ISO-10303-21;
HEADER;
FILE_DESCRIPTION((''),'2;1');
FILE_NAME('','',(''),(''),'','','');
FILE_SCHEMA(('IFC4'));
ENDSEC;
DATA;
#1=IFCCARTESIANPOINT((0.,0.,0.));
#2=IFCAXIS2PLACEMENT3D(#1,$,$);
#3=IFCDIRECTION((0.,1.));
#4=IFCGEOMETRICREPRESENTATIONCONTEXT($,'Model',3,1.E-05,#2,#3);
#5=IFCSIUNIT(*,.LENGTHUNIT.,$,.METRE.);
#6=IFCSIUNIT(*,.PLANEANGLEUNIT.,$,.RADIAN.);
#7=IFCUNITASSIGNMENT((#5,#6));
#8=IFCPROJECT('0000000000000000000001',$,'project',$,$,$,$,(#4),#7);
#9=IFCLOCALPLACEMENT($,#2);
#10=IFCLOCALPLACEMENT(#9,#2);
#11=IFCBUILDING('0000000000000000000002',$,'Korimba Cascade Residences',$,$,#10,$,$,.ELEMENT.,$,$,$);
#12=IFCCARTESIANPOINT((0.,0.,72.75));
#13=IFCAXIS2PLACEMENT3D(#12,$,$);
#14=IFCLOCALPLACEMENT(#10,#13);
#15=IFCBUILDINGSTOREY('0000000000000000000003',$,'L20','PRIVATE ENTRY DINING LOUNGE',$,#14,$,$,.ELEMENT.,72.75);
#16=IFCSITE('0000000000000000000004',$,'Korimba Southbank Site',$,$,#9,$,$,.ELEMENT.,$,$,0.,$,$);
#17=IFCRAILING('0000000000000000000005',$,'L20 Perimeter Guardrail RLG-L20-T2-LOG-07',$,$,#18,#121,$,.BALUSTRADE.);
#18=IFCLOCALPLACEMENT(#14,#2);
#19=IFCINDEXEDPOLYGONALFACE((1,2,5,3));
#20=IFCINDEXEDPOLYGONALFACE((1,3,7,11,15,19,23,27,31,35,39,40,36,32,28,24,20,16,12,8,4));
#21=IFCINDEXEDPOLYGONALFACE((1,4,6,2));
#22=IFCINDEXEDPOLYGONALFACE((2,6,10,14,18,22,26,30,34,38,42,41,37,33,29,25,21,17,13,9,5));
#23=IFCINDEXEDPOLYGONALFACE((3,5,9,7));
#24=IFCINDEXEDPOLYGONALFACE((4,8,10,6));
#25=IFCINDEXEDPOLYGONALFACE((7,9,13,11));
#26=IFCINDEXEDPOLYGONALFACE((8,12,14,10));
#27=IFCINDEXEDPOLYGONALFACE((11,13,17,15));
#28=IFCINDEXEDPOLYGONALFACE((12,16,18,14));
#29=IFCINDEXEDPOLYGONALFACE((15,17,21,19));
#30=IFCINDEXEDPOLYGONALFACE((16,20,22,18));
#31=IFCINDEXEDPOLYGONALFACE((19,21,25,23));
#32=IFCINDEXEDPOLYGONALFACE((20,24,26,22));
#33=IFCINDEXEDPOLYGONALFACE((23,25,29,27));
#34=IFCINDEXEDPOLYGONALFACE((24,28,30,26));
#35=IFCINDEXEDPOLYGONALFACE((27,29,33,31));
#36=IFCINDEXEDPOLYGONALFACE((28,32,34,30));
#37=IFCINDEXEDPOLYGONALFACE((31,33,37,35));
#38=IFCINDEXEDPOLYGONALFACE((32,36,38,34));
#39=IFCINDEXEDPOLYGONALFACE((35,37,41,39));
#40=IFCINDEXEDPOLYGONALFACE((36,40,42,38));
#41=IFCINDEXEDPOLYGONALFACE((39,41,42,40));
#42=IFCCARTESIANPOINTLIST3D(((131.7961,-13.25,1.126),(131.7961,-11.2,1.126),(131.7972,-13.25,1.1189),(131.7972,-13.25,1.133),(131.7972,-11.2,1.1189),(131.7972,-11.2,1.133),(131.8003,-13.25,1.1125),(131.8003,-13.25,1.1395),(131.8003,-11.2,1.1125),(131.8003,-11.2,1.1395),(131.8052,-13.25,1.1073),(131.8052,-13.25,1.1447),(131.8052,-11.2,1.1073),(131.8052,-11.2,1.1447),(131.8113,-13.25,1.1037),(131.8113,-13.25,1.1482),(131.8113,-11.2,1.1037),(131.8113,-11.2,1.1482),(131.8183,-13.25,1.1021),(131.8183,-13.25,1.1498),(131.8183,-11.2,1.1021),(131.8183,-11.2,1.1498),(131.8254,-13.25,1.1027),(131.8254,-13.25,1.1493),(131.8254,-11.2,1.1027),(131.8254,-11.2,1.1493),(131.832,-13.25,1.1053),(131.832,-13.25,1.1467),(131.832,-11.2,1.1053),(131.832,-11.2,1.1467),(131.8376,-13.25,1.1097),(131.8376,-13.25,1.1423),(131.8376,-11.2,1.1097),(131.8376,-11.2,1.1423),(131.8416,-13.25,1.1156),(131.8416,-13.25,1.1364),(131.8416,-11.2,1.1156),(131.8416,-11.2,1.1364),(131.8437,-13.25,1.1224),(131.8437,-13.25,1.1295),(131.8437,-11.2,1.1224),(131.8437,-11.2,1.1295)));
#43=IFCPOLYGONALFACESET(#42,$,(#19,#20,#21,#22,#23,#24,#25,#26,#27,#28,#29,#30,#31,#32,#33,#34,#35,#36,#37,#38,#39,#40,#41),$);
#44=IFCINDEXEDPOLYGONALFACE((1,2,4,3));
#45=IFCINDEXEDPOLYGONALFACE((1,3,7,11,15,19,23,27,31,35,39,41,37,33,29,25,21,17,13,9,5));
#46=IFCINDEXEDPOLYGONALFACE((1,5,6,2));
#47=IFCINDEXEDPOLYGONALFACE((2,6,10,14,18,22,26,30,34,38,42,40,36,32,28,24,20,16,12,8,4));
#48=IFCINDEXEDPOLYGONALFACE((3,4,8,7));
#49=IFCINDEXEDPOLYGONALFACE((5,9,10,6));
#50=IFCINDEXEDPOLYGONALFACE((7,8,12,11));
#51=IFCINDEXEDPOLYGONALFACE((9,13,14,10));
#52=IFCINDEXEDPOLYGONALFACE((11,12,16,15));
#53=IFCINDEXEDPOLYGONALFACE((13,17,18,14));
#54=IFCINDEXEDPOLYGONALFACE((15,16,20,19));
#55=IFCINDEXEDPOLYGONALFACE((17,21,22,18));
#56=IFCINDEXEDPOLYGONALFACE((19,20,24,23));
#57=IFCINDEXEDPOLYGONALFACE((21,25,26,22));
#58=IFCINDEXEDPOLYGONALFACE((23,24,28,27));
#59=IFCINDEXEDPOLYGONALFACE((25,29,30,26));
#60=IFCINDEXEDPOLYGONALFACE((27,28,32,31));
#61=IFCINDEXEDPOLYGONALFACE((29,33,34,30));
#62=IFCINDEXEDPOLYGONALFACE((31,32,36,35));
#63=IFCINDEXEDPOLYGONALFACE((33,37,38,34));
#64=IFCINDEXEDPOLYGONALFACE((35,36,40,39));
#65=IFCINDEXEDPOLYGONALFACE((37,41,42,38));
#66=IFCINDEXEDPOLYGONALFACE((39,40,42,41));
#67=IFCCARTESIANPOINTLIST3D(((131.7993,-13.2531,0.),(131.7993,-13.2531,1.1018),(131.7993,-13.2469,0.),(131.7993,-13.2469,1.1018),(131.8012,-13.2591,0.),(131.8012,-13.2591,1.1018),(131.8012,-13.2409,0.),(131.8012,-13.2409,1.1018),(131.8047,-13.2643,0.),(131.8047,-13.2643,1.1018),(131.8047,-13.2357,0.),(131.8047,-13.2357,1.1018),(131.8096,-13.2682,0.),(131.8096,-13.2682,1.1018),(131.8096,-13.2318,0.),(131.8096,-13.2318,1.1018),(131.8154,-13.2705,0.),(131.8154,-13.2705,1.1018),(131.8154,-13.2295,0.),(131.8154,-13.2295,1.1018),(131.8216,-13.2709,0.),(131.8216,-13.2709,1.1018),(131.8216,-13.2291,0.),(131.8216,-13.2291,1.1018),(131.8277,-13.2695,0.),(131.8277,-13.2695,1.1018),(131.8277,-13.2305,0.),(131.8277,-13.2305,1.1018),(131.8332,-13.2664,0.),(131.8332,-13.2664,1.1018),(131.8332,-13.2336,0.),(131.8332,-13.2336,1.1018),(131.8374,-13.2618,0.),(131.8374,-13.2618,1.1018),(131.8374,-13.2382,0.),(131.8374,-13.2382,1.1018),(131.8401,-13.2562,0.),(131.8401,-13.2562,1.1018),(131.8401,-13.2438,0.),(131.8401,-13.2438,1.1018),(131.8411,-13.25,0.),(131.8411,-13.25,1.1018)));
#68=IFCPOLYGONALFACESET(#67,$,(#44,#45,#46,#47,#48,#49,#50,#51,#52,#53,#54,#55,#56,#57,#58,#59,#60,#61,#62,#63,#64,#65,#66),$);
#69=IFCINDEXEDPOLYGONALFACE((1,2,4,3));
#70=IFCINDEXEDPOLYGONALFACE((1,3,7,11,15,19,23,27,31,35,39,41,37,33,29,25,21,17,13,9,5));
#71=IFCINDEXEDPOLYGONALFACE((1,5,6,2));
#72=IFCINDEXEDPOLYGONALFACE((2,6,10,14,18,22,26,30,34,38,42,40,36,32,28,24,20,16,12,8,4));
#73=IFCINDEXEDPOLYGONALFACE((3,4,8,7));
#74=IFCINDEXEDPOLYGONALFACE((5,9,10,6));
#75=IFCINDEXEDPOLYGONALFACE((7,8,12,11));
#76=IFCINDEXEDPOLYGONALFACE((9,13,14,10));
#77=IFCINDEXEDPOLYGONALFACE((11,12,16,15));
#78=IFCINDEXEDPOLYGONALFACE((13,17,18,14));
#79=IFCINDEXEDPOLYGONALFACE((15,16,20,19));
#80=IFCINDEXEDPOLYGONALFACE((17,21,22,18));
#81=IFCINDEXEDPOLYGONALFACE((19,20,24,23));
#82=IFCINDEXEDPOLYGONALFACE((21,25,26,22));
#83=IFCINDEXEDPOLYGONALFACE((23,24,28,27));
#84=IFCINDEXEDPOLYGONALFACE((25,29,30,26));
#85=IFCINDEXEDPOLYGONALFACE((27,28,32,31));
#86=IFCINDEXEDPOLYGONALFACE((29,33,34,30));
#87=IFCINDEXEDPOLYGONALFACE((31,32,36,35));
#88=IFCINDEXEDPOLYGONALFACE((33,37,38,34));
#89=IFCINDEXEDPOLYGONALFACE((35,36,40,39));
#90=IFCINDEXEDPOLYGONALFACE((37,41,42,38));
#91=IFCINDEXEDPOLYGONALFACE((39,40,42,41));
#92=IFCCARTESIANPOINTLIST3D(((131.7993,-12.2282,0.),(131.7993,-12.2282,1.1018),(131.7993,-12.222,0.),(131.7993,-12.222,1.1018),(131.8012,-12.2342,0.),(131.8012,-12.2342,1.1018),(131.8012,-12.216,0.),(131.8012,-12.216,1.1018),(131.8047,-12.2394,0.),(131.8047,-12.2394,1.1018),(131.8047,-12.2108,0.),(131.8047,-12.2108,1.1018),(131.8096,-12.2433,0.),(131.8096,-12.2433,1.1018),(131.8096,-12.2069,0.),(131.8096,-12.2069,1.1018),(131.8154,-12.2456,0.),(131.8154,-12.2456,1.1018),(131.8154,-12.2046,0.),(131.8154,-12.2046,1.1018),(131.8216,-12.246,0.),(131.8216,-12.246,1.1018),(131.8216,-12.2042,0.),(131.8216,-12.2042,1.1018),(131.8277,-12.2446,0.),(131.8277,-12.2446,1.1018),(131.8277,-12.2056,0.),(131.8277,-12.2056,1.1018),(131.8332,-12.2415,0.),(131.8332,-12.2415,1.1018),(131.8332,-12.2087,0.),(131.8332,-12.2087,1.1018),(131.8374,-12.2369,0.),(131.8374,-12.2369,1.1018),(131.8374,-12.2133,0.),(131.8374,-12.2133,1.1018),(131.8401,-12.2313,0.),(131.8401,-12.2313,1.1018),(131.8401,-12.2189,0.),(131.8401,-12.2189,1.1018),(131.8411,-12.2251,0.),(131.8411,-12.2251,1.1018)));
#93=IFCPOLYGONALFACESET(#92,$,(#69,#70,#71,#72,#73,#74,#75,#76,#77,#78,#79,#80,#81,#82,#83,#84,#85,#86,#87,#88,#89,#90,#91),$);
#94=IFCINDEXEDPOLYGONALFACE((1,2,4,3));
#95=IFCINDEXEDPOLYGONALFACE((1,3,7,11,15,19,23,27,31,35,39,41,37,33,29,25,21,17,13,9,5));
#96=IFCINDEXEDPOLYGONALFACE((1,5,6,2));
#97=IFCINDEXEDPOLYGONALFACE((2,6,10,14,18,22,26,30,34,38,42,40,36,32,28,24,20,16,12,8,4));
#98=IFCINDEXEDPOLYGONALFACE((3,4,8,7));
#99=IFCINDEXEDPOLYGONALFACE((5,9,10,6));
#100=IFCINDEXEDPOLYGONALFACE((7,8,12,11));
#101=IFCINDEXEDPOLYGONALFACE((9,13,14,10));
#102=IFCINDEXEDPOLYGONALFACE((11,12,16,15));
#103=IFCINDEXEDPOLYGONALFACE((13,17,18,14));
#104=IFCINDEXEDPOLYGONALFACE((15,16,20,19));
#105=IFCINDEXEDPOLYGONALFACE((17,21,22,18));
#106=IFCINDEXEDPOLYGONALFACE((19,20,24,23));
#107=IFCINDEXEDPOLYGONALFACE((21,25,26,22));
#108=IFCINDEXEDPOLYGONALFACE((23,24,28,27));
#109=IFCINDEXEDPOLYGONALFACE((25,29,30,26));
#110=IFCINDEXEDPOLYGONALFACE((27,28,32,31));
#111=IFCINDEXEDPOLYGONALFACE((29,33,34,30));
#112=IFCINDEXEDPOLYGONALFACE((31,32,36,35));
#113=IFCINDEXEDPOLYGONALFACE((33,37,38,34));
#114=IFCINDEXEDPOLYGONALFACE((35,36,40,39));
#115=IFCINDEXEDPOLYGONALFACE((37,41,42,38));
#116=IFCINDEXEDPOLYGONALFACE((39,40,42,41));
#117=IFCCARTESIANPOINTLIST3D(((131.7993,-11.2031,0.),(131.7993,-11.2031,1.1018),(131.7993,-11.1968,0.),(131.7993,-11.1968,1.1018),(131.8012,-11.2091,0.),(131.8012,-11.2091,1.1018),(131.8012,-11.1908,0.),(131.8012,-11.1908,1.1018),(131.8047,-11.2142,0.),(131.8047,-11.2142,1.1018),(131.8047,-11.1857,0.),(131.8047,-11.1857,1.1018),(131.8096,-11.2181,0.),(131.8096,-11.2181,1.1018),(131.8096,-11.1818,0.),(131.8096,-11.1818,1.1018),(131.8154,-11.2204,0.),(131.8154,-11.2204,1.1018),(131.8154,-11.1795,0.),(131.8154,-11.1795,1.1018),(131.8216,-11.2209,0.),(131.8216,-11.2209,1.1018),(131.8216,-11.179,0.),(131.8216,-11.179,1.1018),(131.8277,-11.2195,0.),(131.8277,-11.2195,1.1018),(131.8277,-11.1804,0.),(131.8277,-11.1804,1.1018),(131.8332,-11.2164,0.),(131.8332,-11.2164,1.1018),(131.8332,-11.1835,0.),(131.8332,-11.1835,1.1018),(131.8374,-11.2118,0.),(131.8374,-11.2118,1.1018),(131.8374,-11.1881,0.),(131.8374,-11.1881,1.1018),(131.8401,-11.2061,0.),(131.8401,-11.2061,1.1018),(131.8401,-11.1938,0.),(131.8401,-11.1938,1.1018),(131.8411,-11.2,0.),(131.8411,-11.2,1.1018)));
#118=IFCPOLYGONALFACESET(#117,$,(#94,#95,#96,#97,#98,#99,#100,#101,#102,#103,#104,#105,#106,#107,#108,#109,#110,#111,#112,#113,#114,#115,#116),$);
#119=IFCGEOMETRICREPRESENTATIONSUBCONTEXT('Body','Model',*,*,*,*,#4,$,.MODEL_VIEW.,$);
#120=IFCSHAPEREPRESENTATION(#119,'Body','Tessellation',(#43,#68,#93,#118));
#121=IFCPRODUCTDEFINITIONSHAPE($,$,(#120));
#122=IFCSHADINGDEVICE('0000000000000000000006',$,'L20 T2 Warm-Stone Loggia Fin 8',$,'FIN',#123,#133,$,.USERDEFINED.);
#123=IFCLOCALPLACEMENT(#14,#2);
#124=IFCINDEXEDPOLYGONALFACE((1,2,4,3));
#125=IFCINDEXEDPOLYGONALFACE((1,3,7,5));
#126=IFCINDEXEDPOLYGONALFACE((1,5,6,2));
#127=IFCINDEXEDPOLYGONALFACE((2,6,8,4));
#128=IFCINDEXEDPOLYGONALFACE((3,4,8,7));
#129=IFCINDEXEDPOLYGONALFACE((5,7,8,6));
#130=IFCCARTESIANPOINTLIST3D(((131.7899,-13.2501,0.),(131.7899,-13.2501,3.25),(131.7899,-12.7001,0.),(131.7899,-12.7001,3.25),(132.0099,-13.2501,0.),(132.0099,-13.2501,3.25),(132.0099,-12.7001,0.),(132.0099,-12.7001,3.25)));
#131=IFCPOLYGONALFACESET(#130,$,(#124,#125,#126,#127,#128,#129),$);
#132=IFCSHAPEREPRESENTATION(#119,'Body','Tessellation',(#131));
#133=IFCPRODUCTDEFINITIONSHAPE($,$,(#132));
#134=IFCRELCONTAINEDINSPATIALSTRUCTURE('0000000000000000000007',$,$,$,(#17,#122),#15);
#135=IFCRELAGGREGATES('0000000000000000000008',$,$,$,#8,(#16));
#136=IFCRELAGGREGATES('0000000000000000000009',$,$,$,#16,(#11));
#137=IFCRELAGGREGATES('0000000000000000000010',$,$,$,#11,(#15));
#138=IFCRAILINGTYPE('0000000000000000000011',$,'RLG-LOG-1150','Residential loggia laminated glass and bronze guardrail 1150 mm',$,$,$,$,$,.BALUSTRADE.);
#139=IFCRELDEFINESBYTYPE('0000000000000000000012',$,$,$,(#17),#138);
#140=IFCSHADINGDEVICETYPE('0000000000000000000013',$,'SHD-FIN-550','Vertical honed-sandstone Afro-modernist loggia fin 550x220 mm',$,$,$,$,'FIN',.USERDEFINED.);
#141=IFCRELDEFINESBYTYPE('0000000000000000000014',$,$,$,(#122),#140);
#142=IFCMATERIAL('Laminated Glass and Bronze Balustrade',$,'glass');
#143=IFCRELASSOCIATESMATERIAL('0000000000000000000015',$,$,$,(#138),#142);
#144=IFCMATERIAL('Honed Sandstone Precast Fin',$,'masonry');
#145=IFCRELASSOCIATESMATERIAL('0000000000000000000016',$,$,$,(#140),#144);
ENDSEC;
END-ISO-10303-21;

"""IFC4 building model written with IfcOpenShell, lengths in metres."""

from ifc_helpers import new_model, si_unit, direction, frame, origin, origin_2d, place, context, subcontext, project, spatial, rectangle, circle, extrude, material, type_object, element, save


model = new_model("IFC4")

# Units and contexts
model_context = context("Model", 3, precision=1e-05, world=origin(), true_north=direction((0.0, 1.0)))
body_context = subcontext(model_context, "Body", "Model", "MODEL_VIEW")
ifc_project = project(units=[si_unit("LENGTHUNIT", "METRE"), si_unit("PLANEANGLEUNIT", "RADIAN")], contexts=[model_context])

# Site, building, storey
site_placement = place(None, origin())
site = spatial("IfcSite", under=ifc_project, at=site_placement, Name="Korimba Southbank Site", CompositionType="ELEMENT", RefElevation=0.0)
building_placement = place(site_placement, origin())
building = spatial("IfcBuilding", under=site, at=building_placement, Name="Korimba Cascade Residences", CompositionType="ELEMENT")
storey_placement = place(building_placement, frame((0.0, 0.0, 72.75)))
storey = spatial("IfcBuildingStorey", under=building, at=storey_placement, Name="L20", Description="PRIVATE ENTRY DINING LOUNGE", CompositionType="ELEMENT", Elevation=72.75)

# Railing
ifc_material_1 = material(Name="Laminated Glass and Bronze Balustrade", Category="glass")
railing_type = type_object("IfcRailingType", Name="RLG-LOG-1150", Description="Residential loggia laminated glass and bronze guardrail 1150 mm", PredefinedType="BALUSTRADE", material=ifc_material_1)
railing_placement = place(storey_placement, frame((131.8201, -13.25, 0.0)))
element("IfcRailing", 1, at=railing_placement, inside=storey, type_object=railing_type, Name="L20 Perimeter Guardrail RLG-L20-T2-LOG-07", PredefinedType="BALUSTRADE", context=body_context, shape_type="SweptSolid", body=[
    extrude(circle(Radius=0.0239, at=origin_2d()), frame((0.0, 0.0, 1.126), z_axis=(0.0, 1.0, 0.0), x_axis=(-1.0, 0.0, 0.0)), (0.0, 0.0, 1.0), 2.05),
    extrude(circle(Radius=0.021, at=origin_2d()), origin(), (0.0, 0.0, 1.0), 1.1018),
    extrude(circle(Radius=0.021, at=origin_2d()), frame((0.0, 1.0249, 0.0)), (0.0, 0.0, 1.0), 1.1018),
    extrude(circle(Radius=0.021, at=origin_2d()), frame((0.0, 2.05, 0.0)), (0.0, 0.0, 1.0), 1.1018),
])

# Shading device
ifc_material_2 = material(Name="Honed Sandstone Precast Fin", Category="masonry")
shading_device_type = type_object("IfcShadingDeviceType", Name="SHD-FIN-550", Description="Vertical honed-sandstone Afro-modernist loggia fin 550x220 mm", ElementType="FIN", PredefinedType="USERDEFINED", material=ifc_material_2)
shading_device_placement = place(storey_placement, frame((131.8999, -12.9751, 0.0), z_axis=(0.0, 0.0, 1.0), x_axis=(1.0, 0.0, 0.0)))
element("IfcShadingDevice", 2, at=shading_device_placement, inside=storey, type_object=shading_device_type, Name="L20 T2 Warm-Stone Loggia Fin 8", ObjectType="FIN", PredefinedType="USERDEFINED", context=body_context, shape_type="SweptSolid", body=[
    extrude(rectangle(XDim=0.22, YDim=0.55, at=origin_2d()), origin(), (0.0, 0.0, 1.0), 3.25),
])

save(model, "model.ifc")
